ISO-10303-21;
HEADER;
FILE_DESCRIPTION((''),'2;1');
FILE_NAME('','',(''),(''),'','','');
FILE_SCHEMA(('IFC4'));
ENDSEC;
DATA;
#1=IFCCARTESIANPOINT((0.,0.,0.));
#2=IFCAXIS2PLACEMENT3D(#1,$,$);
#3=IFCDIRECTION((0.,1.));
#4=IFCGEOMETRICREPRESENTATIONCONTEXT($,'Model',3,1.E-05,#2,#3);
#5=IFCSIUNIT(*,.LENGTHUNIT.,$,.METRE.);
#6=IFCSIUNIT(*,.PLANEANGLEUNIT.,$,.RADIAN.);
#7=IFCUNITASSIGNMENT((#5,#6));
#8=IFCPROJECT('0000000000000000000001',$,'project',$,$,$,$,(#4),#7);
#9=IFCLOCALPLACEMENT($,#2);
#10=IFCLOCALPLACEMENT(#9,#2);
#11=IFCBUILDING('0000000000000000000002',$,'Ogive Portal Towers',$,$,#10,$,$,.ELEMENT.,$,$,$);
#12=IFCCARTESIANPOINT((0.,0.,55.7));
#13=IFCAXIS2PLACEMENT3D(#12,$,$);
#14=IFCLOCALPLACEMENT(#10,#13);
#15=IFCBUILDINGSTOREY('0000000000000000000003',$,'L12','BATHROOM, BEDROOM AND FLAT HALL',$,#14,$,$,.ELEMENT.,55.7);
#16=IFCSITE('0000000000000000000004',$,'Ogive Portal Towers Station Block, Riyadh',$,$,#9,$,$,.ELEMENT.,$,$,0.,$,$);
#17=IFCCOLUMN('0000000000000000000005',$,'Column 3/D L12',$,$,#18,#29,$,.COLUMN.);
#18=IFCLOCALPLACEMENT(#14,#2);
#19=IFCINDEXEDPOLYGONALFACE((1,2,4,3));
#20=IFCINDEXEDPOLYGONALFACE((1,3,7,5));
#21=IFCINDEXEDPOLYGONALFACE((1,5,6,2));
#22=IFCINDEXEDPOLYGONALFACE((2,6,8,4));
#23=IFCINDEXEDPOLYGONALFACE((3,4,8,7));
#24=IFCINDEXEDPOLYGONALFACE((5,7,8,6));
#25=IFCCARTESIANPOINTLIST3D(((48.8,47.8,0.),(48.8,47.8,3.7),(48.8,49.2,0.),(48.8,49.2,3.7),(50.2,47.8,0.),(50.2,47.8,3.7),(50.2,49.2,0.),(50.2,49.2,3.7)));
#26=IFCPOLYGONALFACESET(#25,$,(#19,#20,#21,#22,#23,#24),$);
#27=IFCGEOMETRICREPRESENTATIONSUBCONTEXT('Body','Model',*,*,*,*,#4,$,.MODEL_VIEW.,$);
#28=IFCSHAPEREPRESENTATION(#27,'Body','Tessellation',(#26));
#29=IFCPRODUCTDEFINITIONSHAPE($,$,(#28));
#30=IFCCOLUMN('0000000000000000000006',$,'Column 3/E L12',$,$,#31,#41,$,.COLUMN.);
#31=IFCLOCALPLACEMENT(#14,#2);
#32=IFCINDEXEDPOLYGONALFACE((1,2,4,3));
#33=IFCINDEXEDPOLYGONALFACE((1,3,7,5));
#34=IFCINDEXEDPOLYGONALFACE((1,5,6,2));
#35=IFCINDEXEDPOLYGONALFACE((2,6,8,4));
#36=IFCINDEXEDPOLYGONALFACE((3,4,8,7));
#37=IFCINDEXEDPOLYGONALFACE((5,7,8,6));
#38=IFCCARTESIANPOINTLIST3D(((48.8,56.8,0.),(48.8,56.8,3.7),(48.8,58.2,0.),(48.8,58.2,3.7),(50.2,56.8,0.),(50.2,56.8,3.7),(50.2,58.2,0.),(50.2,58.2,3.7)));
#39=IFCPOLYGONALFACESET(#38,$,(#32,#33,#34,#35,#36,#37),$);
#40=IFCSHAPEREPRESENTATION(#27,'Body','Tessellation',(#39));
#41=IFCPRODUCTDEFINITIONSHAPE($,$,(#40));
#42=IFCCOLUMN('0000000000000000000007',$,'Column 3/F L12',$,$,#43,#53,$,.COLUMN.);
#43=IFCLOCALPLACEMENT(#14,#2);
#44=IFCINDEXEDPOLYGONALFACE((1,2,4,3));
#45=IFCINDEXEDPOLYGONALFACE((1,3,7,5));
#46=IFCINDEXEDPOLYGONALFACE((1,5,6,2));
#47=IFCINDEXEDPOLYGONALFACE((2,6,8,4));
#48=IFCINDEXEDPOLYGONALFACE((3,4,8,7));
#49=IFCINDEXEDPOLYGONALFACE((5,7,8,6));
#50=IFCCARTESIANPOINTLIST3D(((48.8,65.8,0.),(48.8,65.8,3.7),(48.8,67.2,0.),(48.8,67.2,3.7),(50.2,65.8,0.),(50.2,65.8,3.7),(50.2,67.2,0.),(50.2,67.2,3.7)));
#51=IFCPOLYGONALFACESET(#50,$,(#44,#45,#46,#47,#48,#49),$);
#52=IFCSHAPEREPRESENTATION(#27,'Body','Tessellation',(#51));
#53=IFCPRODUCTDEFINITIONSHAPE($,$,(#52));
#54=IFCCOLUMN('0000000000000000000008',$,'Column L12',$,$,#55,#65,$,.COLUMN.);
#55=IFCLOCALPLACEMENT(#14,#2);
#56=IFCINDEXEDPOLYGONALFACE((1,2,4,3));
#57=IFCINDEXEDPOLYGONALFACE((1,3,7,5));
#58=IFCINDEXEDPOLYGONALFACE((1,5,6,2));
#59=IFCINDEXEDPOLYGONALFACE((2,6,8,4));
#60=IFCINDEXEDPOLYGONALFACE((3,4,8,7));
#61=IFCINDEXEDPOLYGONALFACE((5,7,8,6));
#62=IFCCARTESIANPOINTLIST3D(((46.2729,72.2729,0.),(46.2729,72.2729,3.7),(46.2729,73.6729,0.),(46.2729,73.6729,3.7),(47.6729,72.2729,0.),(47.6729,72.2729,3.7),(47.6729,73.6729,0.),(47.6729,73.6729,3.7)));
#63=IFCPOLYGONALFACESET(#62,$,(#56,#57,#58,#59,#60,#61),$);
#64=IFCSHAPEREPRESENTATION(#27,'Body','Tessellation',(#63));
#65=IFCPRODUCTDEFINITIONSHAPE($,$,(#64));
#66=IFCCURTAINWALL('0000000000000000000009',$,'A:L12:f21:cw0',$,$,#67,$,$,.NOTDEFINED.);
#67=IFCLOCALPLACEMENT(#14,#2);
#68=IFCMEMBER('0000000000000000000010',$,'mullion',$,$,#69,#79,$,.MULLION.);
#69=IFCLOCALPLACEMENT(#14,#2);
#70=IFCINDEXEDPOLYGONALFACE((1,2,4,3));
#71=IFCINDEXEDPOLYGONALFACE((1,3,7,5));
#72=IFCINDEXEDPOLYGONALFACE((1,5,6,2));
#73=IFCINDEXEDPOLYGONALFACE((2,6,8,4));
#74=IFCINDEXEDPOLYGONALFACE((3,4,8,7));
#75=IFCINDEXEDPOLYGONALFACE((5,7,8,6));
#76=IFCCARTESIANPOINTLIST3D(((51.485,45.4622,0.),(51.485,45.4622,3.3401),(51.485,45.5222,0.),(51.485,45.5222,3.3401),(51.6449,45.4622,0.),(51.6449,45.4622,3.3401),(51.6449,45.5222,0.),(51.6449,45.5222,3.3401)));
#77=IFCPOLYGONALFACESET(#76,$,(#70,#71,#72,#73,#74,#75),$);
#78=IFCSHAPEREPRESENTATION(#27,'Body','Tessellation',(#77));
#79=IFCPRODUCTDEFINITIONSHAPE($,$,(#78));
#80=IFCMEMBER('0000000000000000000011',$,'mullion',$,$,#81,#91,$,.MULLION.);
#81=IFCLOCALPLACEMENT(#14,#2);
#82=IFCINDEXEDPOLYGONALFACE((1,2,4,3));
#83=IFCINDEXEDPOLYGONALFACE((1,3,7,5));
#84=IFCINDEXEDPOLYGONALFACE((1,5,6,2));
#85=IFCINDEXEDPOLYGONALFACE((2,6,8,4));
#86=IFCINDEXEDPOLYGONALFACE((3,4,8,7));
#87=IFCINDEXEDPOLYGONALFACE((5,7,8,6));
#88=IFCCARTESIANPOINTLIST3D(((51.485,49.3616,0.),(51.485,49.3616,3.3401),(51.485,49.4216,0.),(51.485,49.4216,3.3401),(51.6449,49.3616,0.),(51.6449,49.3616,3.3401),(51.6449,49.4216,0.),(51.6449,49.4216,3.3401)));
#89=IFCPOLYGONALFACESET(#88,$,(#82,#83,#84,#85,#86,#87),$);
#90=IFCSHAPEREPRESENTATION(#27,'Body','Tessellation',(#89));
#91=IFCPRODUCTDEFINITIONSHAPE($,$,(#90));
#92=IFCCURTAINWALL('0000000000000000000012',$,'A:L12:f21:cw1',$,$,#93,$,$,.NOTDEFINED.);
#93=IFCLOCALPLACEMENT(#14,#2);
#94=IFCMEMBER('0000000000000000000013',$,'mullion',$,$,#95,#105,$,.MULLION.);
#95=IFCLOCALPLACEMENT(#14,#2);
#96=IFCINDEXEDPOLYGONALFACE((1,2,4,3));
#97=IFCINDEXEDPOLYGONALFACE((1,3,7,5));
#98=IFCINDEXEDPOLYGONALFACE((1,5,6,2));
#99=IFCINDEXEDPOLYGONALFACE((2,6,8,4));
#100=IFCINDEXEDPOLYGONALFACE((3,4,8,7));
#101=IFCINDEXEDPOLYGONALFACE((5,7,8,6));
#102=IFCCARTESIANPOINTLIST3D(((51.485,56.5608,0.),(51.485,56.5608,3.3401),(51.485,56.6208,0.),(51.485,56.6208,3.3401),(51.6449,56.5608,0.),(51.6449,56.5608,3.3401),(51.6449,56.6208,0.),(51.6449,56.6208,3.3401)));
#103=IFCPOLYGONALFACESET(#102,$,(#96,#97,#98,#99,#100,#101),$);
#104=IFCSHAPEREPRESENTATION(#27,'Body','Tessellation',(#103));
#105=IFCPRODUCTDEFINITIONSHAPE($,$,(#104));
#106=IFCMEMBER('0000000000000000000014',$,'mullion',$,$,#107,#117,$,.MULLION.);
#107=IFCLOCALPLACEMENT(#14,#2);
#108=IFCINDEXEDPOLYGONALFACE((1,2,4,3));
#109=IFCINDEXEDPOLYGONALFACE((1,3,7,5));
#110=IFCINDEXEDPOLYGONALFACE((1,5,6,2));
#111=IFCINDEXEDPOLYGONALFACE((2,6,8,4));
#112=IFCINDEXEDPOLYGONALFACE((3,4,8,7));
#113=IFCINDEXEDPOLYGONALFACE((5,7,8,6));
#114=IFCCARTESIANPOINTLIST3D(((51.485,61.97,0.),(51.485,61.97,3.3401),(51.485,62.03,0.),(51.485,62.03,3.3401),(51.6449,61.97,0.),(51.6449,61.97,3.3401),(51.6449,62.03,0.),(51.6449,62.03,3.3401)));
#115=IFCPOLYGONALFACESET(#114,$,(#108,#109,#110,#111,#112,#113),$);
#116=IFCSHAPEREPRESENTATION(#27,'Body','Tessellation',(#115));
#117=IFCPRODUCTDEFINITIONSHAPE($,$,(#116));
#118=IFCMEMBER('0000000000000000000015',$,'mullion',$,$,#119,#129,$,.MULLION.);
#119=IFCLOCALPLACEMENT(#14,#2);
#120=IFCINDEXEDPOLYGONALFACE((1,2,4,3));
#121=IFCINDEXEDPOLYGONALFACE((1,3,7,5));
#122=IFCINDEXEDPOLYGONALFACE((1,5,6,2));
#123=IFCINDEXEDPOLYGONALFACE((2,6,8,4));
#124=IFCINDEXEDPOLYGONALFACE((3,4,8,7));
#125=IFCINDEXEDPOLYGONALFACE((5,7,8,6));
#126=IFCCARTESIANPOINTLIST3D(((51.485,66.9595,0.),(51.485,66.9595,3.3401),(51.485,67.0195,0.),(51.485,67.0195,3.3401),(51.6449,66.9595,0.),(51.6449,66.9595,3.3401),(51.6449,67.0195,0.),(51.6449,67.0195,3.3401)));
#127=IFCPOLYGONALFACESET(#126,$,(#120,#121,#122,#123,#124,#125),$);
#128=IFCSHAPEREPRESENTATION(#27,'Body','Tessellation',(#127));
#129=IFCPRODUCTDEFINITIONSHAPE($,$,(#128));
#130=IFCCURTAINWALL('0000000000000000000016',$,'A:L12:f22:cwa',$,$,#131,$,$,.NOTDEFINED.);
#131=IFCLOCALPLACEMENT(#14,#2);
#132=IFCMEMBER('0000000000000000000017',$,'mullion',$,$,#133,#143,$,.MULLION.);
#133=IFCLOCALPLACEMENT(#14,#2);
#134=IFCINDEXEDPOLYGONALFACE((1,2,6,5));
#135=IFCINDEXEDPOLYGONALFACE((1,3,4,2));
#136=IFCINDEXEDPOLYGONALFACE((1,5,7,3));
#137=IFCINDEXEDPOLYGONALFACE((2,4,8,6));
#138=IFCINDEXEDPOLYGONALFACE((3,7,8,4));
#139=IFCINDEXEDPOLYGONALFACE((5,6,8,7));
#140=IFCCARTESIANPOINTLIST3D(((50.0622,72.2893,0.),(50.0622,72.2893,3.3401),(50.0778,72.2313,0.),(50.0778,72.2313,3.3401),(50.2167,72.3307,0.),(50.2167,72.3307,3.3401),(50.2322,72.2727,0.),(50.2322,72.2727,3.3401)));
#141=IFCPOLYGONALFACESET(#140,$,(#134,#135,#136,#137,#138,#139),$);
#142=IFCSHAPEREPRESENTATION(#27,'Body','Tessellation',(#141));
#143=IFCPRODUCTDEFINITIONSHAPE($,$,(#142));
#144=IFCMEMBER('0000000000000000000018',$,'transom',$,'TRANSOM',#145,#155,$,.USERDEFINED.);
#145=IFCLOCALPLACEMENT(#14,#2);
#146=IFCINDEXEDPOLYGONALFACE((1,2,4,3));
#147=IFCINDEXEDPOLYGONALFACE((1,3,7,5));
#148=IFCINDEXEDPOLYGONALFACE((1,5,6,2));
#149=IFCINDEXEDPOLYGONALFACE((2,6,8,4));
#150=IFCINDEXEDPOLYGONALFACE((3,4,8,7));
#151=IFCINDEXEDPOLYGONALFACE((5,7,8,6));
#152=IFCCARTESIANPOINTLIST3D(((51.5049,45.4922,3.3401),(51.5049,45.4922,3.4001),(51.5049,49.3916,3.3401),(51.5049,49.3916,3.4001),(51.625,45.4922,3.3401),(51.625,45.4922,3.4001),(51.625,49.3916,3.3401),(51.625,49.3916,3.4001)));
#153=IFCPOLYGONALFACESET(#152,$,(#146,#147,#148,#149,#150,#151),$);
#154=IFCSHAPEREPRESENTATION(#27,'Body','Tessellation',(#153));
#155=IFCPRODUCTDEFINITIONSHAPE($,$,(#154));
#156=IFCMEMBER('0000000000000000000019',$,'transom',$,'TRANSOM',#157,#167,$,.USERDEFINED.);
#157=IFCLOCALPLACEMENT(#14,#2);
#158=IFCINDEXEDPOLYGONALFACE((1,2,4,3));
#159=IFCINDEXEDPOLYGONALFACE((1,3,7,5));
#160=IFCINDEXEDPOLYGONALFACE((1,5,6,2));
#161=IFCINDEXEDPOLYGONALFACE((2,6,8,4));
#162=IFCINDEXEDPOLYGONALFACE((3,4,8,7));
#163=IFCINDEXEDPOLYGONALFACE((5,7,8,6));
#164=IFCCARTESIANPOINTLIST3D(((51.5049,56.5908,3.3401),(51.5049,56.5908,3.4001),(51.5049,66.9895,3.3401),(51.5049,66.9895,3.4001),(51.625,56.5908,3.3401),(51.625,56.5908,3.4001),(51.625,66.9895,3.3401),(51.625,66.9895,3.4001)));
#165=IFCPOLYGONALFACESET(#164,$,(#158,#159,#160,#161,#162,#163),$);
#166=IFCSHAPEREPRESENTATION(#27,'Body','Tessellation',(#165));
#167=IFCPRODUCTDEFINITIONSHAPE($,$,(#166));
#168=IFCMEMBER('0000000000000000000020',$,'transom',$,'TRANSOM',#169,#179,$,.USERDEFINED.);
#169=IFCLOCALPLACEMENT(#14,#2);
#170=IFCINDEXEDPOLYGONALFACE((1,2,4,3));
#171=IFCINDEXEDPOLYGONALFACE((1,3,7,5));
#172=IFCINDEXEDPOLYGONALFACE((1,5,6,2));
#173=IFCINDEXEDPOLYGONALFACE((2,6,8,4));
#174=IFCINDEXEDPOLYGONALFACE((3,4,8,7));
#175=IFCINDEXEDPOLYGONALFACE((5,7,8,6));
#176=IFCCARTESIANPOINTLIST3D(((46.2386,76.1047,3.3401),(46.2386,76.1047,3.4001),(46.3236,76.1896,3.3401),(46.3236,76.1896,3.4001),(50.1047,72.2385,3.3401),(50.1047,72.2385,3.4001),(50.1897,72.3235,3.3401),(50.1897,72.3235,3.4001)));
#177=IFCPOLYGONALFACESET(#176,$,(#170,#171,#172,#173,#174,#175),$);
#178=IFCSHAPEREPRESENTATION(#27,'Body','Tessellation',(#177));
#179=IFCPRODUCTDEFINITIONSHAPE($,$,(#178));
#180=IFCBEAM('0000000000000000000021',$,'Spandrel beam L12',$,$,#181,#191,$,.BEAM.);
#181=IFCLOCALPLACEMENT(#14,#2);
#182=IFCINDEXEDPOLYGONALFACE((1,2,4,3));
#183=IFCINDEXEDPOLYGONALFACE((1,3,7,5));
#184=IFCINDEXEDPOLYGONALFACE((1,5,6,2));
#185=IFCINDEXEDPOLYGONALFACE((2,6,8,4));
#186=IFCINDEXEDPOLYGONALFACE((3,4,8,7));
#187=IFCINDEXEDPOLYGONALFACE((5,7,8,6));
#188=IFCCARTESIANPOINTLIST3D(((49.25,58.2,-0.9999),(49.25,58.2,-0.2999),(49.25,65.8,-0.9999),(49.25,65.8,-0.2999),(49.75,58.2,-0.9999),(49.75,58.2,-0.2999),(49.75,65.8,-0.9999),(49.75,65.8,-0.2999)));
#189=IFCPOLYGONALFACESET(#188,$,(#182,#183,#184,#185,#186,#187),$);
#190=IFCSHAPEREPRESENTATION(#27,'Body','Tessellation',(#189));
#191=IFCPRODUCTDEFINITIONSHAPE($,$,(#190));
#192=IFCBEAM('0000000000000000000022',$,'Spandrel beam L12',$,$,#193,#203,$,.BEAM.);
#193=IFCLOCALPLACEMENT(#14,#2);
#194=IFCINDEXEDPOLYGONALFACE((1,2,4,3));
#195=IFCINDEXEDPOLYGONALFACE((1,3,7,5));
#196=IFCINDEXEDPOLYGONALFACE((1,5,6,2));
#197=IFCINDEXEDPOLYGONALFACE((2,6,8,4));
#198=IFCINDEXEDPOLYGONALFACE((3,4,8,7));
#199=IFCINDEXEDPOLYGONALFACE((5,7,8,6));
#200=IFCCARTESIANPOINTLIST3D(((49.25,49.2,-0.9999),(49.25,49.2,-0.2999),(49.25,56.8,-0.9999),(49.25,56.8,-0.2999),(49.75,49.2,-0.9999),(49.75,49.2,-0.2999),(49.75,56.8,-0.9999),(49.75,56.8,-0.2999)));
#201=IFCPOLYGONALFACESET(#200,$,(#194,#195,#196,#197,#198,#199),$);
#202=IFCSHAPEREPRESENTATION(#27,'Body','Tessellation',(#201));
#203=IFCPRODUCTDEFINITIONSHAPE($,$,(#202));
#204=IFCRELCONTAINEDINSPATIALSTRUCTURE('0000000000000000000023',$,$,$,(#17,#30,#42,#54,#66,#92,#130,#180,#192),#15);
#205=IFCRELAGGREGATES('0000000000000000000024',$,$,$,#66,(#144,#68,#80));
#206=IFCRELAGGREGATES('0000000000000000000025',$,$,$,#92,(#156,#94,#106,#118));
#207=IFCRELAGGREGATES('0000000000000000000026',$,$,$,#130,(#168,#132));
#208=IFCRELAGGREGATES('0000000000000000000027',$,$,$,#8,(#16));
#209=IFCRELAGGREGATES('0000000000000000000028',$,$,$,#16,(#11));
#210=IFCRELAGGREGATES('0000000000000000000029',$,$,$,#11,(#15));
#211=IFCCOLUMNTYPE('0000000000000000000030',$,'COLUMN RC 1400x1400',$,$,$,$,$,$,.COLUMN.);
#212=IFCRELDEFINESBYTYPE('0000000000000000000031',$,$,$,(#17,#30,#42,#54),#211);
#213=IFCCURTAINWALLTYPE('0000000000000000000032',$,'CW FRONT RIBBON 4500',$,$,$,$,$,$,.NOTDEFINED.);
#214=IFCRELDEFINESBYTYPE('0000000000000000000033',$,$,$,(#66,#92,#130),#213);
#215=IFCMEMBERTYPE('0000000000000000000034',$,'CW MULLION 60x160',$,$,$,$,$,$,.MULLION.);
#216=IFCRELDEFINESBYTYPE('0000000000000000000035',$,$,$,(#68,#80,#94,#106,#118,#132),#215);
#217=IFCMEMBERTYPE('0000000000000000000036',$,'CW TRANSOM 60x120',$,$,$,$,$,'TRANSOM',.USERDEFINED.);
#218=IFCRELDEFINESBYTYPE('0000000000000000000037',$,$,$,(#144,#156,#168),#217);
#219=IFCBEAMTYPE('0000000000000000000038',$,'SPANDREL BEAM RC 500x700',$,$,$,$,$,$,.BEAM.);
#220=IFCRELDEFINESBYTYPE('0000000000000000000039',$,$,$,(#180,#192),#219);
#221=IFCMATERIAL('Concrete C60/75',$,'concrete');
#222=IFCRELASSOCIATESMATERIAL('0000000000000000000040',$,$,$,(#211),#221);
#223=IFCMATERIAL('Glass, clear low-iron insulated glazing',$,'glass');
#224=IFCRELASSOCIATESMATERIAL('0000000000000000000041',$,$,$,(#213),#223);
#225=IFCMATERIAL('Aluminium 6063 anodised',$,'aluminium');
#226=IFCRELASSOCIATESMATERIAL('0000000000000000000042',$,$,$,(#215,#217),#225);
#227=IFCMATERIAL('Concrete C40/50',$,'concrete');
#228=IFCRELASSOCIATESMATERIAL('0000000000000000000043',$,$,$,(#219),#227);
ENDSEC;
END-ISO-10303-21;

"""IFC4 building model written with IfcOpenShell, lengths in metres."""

from ifc_helpers import new_model, si_unit, direction, frame, origin, origin_2d, place, context, subcontext, project, spatial, rectangle, extrude, material, material_profile, profile_set, type_object, element, aggregate, save


model = new_model("IFC4")

# Units and contexts
model_context = context("Model", 3, precision=1e-05, world=origin(), true_north=direction((0.0, 1.0)))
body_context = subcontext(model_context, "Body", "Model", "MODEL_VIEW")
ifc_project = project(units=[si_unit("LENGTHUNIT", "METRE"), si_unit("PLANEANGLEUNIT", "RADIAN")], contexts=[model_context])

# Site, building, storey
site_placement = place(None, origin())
site = spatial("IfcSite", under=ifc_project, at=site_placement, Name="Ogive Portal Towers Station Block, Riyadh", CompositionType="ELEMENT", RefElevation=0.0)
building_placement = place(site_placement, origin())
building = spatial("IfcBuilding", under=site, at=building_placement, Name="Ogive Portal Towers", CompositionType="ELEMENT")
storey_placement = place(building_placement, frame((0.0, 0.0, 55.7)))
storey = spatial("IfcBuildingStorey", under=building, at=storey_placement, Name="L12", Description="BATHROOM, BEDROOM AND FLAT HALL", CompositionType="ELEMENT", Elevation=55.7)

# Columns
ifc_material_1 = material(Name="Concrete C60/75", Category="concrete")
ifc_material_profile_1 = material_profile(ifc_material_1, rectangle(XDim=1.3999, YDim=1.3999, at=origin_2d()), Name="RC 1400x1400")
ifc_profile_set_1 = profile_set([ifc_material_profile_1], Name="Concrete C60/75")
column_type = type_object("IfcColumnType", Name="COLUMN RC 1400x1400", PredefinedType="COLUMN", material=ifc_profile_set_1)
for number, where, z_axis, x_axis, name in (
    (1, (49.5, 48.5, 0.0), (0.0, 0.0, 1.0), (1.0, 0.0, 0.0), "Column 3/D L12"),
    (2, (49.5, 57.5, 0.0), (0.0, 0.0, 1.0), (1.0, 0.0, 0.0), "Column 3/E L12"),
    (3, (49.5, 66.5, 0.0), (0.0, 0.0, 1.0), (1.0, 0.0, 0.0), "Column 3/F L12"),
    (4, (46.9729, 72.9729, 0.0), (0.0, 0.0, 1.0), (1.0, 0.0, 0.0), "Column L12"),
):
    element("IfcColumn", number, at=place(storey_placement, frame(where, z_axis=z_axis, x_axis=x_axis)), inside=storey, type_object=column_type, Name=name, PredefinedType="COLUMN", context=body_context, shape_type="SweptSolid", body=[
        extrude(rectangle(XDim=1.3999, YDim=1.3999, at=origin_2d()), origin(), (0.0, 0.0, 1.0), 3.7),
    ])

# Curtain walls, members
ifc_material_2 = material(Name="Glass, clear low-iron insulated glazing", Category="glass")
curtain_wall_type = type_object("IfcCurtainWallType", Name="CW FRONT RIBBON 4500", PredefinedType="NOTDEFINED", material=ifc_material_2)
curtain_wall_1_placement = place(storey_placement, origin())
curtain_wall_1 = element("IfcCurtainWall", 5, at=curtain_wall_1_placement, inside=storey, type_object=curtain_wall_type, Name="A:L12:f21:cw0", PredefinedType="NOTDEFINED")
ifc_material_3 = material(Name="Aluminium 6063 anodised", Category="aluminium")
ifc_material_profile_2 = material_profile(ifc_material_3, rectangle(XDim=0.1599, YDim=0.0601, at=origin_2d()), Name="AL 60x160")
ifc_profile_set_2 = profile_set([ifc_material_profile_2], Name="Aluminium 6063 anodised")
member_type_1 = type_object("IfcMemberType", Name="CW MULLION 60x160", PredefinedType="MULLION", material=ifc_profile_set_2)
member_1_placement = place(storey_placement, frame((51.5649, 45.4922, 0.0), z_axis=(0.0, 0.0, 1.0), x_axis=(-1.0, 0.0, 0.0)))
member_1 = element("IfcMember", 6, at=member_1_placement, type_object=member_type_1, Name="mullion", PredefinedType="MULLION", context=body_context, shape_type="SweptSolid", body=[
    extrude(rectangle(XDim=0.1599, YDim=0.0601, at=origin_2d()), origin(), (0.0, 0.0, 1.0), 3.3401),
])
member_2_placement = place(storey_placement, frame((51.5649, 49.3916, 0.0), z_axis=(0.0, 0.0, 1.0), x_axis=(-1.0, 0.0, 0.0)))
member_2 = element("IfcMember", 7, at=member_2_placement, type_object=member_type_1, Name="mullion", PredefinedType="MULLION", context=body_context, shape_type="SweptSolid", body=[
    extrude(rectangle(XDim=0.1599, YDim=0.0601, at=origin_2d()), origin(), (0.0, 0.0, 1.0), 3.3401),
])
curtain_wall_2_placement = place(storey_placement, origin())
curtain_wall_2 = element("IfcCurtainWall", 8, at=curtain_wall_2_placement, inside=storey, type_object=curtain_wall_type, Name="A:L12:f21:cw1", PredefinedType="NOTDEFINED")
member_3_placement = place(storey_placement, frame((51.5649, 56.5908, 0.0), z_axis=(0.0, 0.0, 1.0), x_axis=(-1.0, 0.0, 0.0)))
member_3 = element("IfcMember", 9, at=member_3_placement, type_object=member_type_1, Name="mullion", PredefinedType="MULLION", context=body_context, shape_type="SweptSolid", body=[
    extrude(rectangle(XDim=0.1599, YDim=0.0601, at=origin_2d()), origin(), (0.0, 0.0, 1.0), 3.3401),
])
member_4_placement = place(storey_placement, frame((51.5649, 62.0, 0.0), z_axis=(0.0, 0.0, 1.0), x_axis=(-1.0, 0.0, 0.0)))
member_4 = element("IfcMember", 10, at=member_4_placement, type_object=member_type_1, Name="mullion", PredefinedType="MULLION", context=body_context, shape_type="SweptSolid", body=[
    extrude(rectangle(XDim=0.1599, YDim=0.0601, at=origin_2d()), origin(), (0.0, 0.0, 1.0), 3.3401),
])
member_5_placement = place(storey_placement, frame((51.5649, 66.9895, 0.0), z_axis=(0.0, 0.0, 1.0), x_axis=(-1.0, 0.0, 0.0)))
member_5 = element("IfcMember", 11, at=member_5_placement, type_object=member_type_1, Name="mullion", PredefinedType="MULLION", context=body_context, shape_type="SweptSolid", body=[
    extrude(rectangle(XDim=0.1599, YDim=0.0601, at=origin_2d()), origin(), (0.0, 0.0, 1.0), 3.3401),
])

# Curtain wall, member
curtain_wall_3_placement = place(storey_placement, origin())
curtain_wall_3 = element("IfcCurtainWall", 12, at=curtain_wall_3_placement, inside=storey, type_object=curtain_wall_type, Name="A:L12:f22:cwa", PredefinedType="NOTDEFINED")
member_6_placement = place(storey_placement, frame((50.1472, 72.281, 0.0), z_axis=(0.0, 0.0, 1.0), x_axis=(-0.965926, -0.258819, 0.0)))
member_6 = element("IfcMember", 13, at=member_6_placement, type_object=member_type_1, Name="mullion", PredefinedType="MULLION", context=body_context, shape_type="SweptSolid", body=[
    extrude(rectangle(XDim=0.1599, YDim=0.0601, at=origin_2d()), origin(), (0.0, 0.0, 1.0), 3.3401),
])

# Members
ifc_material_profile_3 = material_profile(ifc_material_3, rectangle(XDim=0.1201, YDim=0.0601, at=origin_2d()), Name="AL 120x60")
ifc_profile_set_3 = profile_set([ifc_material_profile_3], Name="Aluminium 6063 anodised")
member_type_2 = type_object("IfcMemberType", Name="CW TRANSOM 60x120", ElementType="TRANSOM", PredefinedType="USERDEFINED", material=ifc_profile_set_3)
member_7_placement = place(storey_placement, frame((51.5649, 45.4922, 3.3701), z_axis=(0.0, 1.0, 0.0), x_axis=(-1.0, 0.0, 0.0)))
member_7 = element("IfcMember", 14, at=member_7_placement, type_object=member_type_2, Name="transom", ObjectType="TRANSOM", PredefinedType="USERDEFINED", context=body_context, shape_type="SweptSolid", body=[
    extrude(rectangle(XDim=0.1201, YDim=0.0601, at=origin_2d()), origin(), (0.0, 0.0, 1.0), 3.8994),
])
member_8_placement = place(storey_placement, frame((51.5649, 56.5908, 3.3701), z_axis=(0.0, 1.0, 0.0), x_axis=(-1.0, 0.0, 0.0)))
member_8 = element("IfcMember", 15, at=member_8_placement, type_object=member_type_2, Name="transom", ObjectType="TRANSOM", PredefinedType="USERDEFINED", context=body_context, shape_type="SweptSolid", body=[
    extrude(rectangle(XDim=0.1201, YDim=0.0601, at=origin_2d()), origin(), (0.0, 0.0, 1.0), 10.3987),
])
member_9_placement = place(storey_placement, frame((50.1472, 72.281, 3.3701), z_axis=(-0.707107, 0.707107, 0.0), x_axis=(-0.707107, -0.707107, 0.0)))
member_9 = element("IfcMember", 16, at=member_9_placement, type_object=member_type_2, Name="transom", ObjectType="TRANSOM", PredefinedType="USERDEFINED", context=body_context, shape_type="SweptSolid", body=[
    extrude(rectangle(XDim=0.1201, YDim=0.0601, at=origin_2d()), origin(), (0.0, 0.0, 1.0), 5.4675),
])

# Beams
ifc_material_4 = material(Name="Concrete C40/50", Category="concrete")
ifc_material_profile_4 = material_profile(ifc_material_4, rectangle(XDim=0.5, YDim=0.7, at=origin_2d()), Name="RC 500x700")
ifc_profile_set_4 = profile_set([ifc_material_profile_4], Name="Concrete C40/50")
beam_type = type_object("IfcBeamType", Name="SPANDREL BEAM RC 500x700", PredefinedType="BEAM", material=ifc_profile_set_4)
for number, where, z_axis, x_axis, name in (
    (17, (49.5, 65.8, -0.6499), (0.0, -1.0, 0.0), (1.0, 0.0, 0.0), "Spandrel beam L12"),
    (18, (49.5, 56.8, -0.6499), (0.0, -1.0, 0.0), (1.0, 0.0, 0.0), "Spandrel beam L12"),
):
    element("IfcBeam", number, at=place(storey_placement, frame(where, z_axis=z_axis, x_axis=x_axis)), inside=storey, type_object=beam_type, Name=name, PredefinedType="BEAM", context=body_context, shape_type="SweptSolid", body=[
        extrude(rectangle(XDim=0.5, YDim=0.7, at=origin_2d()), origin(), (0.0, 0.0, 1.0), 7.6001),
    ])

aggregate(curtain_wall_1, [member_7, member_1, member_2])
aggregate(curtain_wall_2, [member_8, member_3, member_4, member_5])
aggregate(curtain_wall_3, [member_9, member_6])

save(model, "model.ifc")
